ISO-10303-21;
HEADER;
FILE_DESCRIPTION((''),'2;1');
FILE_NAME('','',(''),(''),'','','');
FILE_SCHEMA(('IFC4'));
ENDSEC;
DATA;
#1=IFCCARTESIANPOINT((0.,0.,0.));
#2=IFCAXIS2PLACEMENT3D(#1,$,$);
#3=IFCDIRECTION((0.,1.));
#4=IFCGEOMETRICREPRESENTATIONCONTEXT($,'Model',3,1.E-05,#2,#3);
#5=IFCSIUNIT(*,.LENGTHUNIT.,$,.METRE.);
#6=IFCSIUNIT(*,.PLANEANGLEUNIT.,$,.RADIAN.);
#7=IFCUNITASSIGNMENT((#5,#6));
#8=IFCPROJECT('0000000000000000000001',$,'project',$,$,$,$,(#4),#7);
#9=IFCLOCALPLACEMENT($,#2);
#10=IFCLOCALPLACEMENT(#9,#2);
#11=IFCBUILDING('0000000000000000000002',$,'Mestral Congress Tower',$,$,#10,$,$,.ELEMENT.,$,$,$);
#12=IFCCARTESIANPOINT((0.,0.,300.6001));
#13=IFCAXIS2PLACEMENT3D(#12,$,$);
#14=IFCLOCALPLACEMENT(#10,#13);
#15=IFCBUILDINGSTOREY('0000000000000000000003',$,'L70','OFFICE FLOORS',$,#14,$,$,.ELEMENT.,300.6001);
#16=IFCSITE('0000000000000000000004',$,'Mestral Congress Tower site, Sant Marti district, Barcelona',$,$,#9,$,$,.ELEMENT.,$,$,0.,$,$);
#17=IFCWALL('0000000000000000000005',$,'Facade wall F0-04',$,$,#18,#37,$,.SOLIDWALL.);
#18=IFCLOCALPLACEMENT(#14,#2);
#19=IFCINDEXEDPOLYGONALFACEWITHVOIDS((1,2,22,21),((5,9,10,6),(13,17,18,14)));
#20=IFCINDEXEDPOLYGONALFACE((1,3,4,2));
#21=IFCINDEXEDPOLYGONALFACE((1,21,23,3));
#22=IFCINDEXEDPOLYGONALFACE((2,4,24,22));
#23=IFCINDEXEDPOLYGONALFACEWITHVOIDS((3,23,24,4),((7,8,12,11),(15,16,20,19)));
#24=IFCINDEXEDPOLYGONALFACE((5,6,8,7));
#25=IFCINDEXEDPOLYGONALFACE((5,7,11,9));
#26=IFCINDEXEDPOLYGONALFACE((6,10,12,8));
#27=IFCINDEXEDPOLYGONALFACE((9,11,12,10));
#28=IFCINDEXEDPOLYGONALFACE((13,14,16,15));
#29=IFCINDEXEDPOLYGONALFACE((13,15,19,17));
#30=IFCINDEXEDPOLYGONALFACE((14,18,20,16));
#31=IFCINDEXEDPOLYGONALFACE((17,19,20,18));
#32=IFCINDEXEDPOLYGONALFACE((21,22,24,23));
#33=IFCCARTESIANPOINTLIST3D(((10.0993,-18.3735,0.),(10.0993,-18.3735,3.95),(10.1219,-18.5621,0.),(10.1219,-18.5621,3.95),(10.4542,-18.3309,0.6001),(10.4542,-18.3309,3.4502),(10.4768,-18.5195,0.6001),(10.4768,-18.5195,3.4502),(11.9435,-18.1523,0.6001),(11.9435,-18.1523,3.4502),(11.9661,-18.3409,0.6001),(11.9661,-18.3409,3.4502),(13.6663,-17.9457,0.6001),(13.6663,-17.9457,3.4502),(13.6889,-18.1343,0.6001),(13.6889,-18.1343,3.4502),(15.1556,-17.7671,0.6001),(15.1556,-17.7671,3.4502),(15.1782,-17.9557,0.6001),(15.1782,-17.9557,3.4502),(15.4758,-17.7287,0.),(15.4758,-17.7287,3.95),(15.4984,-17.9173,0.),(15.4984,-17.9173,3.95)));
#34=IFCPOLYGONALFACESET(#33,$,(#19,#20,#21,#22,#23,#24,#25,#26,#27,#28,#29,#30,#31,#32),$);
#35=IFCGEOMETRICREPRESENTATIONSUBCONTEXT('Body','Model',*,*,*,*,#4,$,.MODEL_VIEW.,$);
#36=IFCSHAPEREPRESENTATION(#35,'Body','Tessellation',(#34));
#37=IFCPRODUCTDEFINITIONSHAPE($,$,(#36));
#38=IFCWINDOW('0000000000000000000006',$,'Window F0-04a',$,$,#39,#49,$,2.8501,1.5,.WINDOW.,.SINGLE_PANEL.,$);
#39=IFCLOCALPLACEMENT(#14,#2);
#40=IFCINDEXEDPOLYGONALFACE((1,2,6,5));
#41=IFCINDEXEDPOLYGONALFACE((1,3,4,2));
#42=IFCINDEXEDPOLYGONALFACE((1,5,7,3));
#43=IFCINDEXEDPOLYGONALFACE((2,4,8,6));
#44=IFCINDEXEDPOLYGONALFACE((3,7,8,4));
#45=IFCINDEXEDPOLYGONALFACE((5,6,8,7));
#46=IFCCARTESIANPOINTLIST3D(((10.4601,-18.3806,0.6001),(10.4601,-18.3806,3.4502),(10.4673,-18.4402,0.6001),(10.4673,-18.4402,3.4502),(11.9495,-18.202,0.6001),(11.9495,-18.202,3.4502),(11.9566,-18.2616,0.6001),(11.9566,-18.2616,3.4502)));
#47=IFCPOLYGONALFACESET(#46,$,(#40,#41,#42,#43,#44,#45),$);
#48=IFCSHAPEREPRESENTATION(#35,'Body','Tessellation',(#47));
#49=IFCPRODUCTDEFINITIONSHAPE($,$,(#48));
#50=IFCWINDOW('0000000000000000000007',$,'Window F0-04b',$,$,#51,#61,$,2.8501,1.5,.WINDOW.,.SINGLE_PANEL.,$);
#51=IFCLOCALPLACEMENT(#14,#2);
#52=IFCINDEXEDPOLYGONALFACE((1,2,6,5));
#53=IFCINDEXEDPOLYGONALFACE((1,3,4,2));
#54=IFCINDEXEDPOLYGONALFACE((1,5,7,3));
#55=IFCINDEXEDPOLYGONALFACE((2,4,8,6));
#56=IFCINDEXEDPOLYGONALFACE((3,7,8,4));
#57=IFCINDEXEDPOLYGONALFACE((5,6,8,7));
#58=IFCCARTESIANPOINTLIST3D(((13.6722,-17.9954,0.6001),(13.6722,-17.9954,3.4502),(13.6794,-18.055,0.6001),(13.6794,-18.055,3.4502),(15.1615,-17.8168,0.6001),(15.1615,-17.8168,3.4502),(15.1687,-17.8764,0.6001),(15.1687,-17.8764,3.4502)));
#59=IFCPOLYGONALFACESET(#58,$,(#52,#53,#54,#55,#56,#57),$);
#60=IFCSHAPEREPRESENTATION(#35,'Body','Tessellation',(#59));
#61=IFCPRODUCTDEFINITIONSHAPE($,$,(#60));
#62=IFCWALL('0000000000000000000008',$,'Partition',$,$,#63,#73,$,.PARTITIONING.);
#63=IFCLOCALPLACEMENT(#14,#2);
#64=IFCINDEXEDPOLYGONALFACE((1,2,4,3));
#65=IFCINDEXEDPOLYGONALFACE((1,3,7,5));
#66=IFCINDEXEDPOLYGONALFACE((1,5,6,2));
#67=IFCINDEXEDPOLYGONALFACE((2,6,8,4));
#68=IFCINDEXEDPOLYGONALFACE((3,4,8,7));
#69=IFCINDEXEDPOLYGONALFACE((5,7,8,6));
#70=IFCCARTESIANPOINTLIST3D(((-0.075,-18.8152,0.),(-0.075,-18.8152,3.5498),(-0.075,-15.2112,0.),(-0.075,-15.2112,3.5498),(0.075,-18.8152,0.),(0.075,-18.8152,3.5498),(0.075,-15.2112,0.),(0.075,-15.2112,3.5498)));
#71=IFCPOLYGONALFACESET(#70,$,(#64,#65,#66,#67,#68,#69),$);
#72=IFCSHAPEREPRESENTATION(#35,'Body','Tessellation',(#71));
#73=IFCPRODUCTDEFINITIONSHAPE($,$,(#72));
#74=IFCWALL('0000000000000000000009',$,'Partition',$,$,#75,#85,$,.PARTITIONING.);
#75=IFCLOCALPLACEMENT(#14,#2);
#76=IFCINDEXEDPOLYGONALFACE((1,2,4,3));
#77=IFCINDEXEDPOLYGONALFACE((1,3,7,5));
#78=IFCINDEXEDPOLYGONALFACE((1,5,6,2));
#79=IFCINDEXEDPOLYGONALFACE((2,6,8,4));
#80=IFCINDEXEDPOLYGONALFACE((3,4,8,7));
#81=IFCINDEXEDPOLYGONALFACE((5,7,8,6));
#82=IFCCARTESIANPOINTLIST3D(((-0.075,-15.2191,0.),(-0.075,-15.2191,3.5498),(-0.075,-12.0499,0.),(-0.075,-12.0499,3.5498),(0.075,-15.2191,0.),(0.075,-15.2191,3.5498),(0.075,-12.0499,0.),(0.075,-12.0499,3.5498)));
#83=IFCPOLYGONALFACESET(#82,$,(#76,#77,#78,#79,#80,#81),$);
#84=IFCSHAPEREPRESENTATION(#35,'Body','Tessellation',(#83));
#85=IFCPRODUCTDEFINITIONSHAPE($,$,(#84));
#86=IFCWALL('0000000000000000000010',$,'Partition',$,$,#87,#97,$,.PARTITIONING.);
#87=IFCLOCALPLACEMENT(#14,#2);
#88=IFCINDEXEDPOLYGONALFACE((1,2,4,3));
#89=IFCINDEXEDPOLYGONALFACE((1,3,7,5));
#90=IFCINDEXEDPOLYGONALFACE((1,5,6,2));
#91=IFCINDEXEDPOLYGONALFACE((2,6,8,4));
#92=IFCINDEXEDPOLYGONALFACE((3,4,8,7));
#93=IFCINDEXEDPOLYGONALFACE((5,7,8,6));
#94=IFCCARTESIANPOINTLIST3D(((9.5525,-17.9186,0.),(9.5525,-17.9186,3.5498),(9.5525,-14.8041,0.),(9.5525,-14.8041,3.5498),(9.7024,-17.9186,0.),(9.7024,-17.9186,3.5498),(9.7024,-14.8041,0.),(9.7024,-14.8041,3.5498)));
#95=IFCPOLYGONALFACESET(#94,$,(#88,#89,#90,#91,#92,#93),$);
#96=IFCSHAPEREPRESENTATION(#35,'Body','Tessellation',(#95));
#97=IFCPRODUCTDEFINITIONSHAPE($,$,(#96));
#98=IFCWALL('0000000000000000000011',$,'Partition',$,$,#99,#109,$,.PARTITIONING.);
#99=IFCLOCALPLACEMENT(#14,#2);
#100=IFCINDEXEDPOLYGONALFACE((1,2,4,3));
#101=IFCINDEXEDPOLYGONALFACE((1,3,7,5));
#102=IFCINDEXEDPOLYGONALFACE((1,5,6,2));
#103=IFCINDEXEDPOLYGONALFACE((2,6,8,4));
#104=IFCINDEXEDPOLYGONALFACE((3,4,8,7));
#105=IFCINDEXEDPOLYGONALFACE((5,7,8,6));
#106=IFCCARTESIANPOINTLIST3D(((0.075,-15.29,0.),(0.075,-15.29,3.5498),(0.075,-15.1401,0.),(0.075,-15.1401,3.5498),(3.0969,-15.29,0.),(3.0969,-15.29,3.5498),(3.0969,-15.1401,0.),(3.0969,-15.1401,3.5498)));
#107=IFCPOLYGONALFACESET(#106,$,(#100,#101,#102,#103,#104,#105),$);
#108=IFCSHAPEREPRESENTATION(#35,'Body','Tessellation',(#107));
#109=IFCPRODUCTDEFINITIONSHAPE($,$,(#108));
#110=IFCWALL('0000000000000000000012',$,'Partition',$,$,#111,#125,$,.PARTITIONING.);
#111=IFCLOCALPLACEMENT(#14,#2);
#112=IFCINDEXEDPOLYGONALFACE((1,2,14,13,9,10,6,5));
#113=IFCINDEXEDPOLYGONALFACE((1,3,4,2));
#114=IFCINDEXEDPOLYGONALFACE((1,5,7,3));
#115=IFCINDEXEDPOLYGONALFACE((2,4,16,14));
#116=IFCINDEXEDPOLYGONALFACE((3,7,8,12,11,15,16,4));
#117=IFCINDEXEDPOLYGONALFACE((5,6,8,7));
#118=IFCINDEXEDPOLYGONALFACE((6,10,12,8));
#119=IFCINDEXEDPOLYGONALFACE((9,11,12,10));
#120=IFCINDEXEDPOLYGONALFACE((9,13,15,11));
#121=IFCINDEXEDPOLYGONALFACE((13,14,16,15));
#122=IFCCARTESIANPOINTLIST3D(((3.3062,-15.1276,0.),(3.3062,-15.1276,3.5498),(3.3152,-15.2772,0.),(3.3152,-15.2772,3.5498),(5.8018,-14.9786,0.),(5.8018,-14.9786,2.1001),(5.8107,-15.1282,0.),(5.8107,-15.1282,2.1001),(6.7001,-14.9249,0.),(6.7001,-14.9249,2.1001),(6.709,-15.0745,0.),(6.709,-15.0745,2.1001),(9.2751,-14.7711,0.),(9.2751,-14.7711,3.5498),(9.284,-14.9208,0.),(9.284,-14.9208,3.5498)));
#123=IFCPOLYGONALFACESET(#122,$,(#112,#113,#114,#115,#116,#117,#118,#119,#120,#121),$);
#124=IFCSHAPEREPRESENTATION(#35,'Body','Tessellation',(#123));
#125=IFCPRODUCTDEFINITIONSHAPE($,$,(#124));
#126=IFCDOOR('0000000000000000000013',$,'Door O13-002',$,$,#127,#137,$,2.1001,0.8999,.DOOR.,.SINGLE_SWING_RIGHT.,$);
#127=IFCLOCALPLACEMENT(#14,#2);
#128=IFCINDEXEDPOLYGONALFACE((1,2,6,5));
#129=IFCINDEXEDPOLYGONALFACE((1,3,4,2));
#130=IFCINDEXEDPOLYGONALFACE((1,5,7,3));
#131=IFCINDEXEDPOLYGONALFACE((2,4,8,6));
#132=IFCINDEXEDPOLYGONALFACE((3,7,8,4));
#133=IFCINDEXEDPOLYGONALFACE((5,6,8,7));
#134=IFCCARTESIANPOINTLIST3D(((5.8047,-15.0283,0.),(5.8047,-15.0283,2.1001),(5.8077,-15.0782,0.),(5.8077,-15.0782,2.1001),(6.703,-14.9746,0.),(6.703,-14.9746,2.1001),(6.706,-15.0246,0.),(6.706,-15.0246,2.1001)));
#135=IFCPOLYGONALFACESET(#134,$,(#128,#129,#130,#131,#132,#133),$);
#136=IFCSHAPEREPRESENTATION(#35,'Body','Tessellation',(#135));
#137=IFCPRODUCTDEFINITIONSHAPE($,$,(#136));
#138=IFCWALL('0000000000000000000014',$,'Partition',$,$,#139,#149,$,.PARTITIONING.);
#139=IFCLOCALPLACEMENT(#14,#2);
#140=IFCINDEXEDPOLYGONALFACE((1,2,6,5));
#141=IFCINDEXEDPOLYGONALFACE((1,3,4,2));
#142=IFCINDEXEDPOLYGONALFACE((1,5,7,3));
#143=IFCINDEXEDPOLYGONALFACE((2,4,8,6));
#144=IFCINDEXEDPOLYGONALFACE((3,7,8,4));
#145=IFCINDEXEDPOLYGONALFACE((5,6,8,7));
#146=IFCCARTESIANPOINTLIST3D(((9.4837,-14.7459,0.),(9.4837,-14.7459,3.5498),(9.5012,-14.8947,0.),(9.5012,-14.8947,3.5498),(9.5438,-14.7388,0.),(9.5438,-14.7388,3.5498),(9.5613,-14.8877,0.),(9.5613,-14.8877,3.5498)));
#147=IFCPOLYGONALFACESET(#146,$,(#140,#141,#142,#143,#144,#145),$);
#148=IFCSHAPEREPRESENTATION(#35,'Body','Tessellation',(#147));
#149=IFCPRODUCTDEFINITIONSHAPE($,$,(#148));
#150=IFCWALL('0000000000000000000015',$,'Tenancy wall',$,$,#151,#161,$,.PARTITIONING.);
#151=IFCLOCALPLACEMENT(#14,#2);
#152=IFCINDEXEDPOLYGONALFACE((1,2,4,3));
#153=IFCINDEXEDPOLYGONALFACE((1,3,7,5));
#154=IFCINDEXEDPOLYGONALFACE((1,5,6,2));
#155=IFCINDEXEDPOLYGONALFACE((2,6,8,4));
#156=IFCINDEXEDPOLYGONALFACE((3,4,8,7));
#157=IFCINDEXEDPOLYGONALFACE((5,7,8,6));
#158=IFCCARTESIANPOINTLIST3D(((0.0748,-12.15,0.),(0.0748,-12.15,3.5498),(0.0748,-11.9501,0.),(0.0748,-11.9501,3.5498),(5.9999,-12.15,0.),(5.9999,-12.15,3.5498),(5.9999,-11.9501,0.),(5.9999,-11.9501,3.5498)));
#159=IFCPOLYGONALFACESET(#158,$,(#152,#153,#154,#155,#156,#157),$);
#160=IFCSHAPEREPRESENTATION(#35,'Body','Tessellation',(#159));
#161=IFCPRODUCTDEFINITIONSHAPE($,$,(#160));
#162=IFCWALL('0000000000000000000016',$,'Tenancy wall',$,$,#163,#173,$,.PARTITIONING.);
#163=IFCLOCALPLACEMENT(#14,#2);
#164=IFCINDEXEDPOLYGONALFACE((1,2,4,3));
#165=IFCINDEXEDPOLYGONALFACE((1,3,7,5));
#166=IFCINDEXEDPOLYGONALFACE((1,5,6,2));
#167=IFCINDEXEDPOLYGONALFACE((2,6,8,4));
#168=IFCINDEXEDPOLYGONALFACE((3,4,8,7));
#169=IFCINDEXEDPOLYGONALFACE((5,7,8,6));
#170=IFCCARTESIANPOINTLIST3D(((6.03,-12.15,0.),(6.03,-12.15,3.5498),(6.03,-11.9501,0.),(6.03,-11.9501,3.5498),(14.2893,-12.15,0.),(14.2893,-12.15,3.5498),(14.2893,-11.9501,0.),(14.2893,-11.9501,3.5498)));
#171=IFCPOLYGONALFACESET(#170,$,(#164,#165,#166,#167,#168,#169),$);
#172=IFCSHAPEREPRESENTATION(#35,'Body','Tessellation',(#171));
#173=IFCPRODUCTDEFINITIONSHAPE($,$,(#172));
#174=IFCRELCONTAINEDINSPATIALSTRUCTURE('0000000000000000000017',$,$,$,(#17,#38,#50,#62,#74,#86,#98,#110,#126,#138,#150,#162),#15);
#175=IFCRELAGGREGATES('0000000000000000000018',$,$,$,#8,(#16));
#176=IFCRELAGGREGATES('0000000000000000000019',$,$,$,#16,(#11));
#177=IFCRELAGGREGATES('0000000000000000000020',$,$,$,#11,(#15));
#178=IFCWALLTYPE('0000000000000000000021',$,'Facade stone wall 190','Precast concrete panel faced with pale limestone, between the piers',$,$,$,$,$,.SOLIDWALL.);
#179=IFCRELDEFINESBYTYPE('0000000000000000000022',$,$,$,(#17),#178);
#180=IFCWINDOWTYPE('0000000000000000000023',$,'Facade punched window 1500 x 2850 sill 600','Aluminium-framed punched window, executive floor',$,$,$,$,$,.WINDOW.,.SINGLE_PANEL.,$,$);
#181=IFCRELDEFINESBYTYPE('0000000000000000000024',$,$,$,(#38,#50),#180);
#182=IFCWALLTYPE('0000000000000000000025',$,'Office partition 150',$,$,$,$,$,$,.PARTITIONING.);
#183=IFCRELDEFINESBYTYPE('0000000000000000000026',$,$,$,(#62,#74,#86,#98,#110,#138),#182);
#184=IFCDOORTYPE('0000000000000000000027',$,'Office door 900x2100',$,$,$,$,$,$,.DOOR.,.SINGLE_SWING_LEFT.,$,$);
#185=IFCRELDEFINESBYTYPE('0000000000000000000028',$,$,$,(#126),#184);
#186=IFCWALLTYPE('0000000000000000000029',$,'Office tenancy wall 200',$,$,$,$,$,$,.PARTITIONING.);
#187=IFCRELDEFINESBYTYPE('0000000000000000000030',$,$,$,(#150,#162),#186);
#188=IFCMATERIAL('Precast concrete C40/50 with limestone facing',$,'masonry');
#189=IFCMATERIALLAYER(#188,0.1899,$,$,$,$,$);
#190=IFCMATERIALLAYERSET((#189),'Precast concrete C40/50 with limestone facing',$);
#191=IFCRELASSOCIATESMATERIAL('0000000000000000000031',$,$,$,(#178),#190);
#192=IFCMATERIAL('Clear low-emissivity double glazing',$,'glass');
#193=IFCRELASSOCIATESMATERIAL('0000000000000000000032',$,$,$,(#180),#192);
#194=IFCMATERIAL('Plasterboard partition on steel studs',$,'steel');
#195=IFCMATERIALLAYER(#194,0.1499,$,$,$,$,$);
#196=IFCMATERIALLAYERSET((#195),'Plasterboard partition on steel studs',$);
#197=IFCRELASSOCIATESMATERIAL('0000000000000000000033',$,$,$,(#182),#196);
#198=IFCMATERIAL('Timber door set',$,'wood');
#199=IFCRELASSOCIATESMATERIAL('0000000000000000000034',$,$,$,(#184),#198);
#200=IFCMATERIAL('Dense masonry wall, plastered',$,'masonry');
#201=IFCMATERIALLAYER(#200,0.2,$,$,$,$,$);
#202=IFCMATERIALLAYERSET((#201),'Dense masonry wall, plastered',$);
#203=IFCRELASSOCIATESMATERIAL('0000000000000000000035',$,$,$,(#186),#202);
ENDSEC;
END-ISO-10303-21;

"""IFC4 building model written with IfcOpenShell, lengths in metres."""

from ifc_helpers import new_model, si_unit, direction, frame, frame_2d, origin, place, context, subcontext, project, spatial, rectangle, extrude, material, layer, layer_set, type_object, element, fill, save


model = new_model("IFC4")

# Units and contexts
model_context = context("Model", 3, precision=1e-05, world=origin(), true_north=direction((0.0, 1.0)))
body_context = subcontext(model_context, "Body", "Model", "MODEL_VIEW")
ifc_project = project(units=[si_unit("LENGTHUNIT", "METRE"), si_unit("PLANEANGLEUNIT", "RADIAN")], contexts=[model_context])

# Site, building, storey
site_placement = place(None, origin())
site = spatial("IfcSite", under=ifc_project, at=site_placement, Name="Mestral Congress Tower site, Sant Marti district, Barcelona", CompositionType="ELEMENT", RefElevation=0.0)
building_placement = place(site_placement, origin())
building = spatial("IfcBuilding", under=site, at=building_placement, Name="Mestral Congress Tower", CompositionType="ELEMENT")
storey_placement = place(building_placement, frame((0.0, 0.0, 300.6001)))
storey = spatial("IfcBuildingStorey", under=building, at=storey_placement, Name="L70", Description="OFFICE FLOORS", CompositionType="ELEMENT", Elevation=300.6001)

# Wall, openings, windows
ifc_material_1 = material(Name="Precast concrete C40/50 with limestone facing", Category="masonry")
ifc_layer_1 = layer(ifc_material_1, 0.1899)
ifc_layer_set_1 = layer_set([ifc_layer_1], Name="Precast concrete C40/50 with limestone facing")
wall_type_1 = type_object("IfcWallType", Name="Facade stone wall 190", Description="Precast concrete panel faced with pale limestone, between the piers", PredefinedType="SOLIDWALL", material=ifc_layer_set_1)
ifc_material_2 = material(Name="Clear low-emissivity double glazing", Category="glass")
window_type = type_object("IfcWindowType", Name="Facade punched window 1500 x 2850 sill 600", Description="Aluminium-framed punched window, executive floor", PartitioningType="SINGLE_PANEL", PredefinedType="WINDOW", material=ifc_material_2)
wall_1_placement = place(storey_placement, frame((10.1106, -18.4678, 0.0), z_axis=(0.0, 0.0, 1.0), x_axis=(0.992886, 0.119072, 0.0)))
wall_1 = element("IfcWall", 1, at=wall_1_placement, inside=storey, type_object=wall_type_1, Name="Facade wall F0-04", PredefinedType="SOLIDWALL", context=body_context, shape_type="SweptSolid", body=[
    extrude(rectangle(XDim=5.415, YDim=0.1899, at=frame_2d((2.7075, 0.0))), origin(), (0.0, 0.0, 1.0), 3.95),
])
opening_1_placement = place(wall_1_placement, frame((0.3574, 0.0, 0.6001)))
opening_1 = element("IfcOpeningElement", 2, at=opening_1_placement, cuts=wall_1, PredefinedType="OPENING", context=body_context, shape_type="SweptSolid", body=[
    extrude(rectangle(XDim=1.5, YDim=2.8501, at=frame_2d((0.75, 1.425))), frame((0.0, 0.105, 0.0), z_axis=(0.0, -1.0, 0.0), x_axis=(1.0, 0.0, 0.0)), (0.0, 0.0, 1.0), 0.21),
])
opening_2_placement = place(wall_1_placement, frame((3.5925, 0.0, 0.6001)))
opening_2 = element("IfcOpeningElement", 3, at=opening_2_placement, cuts=wall_1, PredefinedType="OPENING", context=body_context, shape_type="SweptSolid", body=[
    extrude(rectangle(XDim=1.5, YDim=2.8501, at=frame_2d((0.75, 1.425))), frame((0.0, 0.105, 0.0), z_axis=(0.0, -1.0, 0.0), x_axis=(1.0, 0.0, 0.0)), (0.0, 0.0, 1.0), 0.21),
])
window_1_placement = place(opening_1_placement, origin())
window_1 = element("IfcWindow", 4, at=window_1_placement, inside=storey, type_object=window_type, Name="Window F0-04a", OverallHeight=2.8501, OverallWidth=1.5, PartitioningType="SINGLE_PANEL", PredefinedType="WINDOW", context=body_context, shape_type="SweptSolid", body=[
    extrude(rectangle(XDim=1.5, YDim=2.8501, at=frame_2d((0.75, 1.425))), frame((0.0, 0.0449, 0.0), z_axis=(0.0, -1.0, 0.0), x_axis=(1.0, 0.0, 0.0)), (0.0, 0.0, 1.0), 0.0601),
])
fill(opening_1, window_1)
window_2_placement = place(opening_2_placement, origin())
window_2 = element("IfcWindow", 5, at=window_2_placement, inside=storey, type_object=window_type, Name="Window F0-04b", OverallHeight=2.8501, OverallWidth=1.5, PartitioningType="SINGLE_PANEL", PredefinedType="WINDOW", context=body_context, shape_type="SweptSolid", body=[
    extrude(rectangle(XDim=1.5, YDim=2.8501, at=frame_2d((0.75, 1.425))), frame((0.0, 0.0449, 0.0), z_axis=(0.0, -1.0, 0.0), x_axis=(1.0, 0.0, 0.0)), (0.0, 0.0, 1.0), 0.0601),
])
fill(opening_2, window_2)

# Walls
ifc_material_3 = material(Name="Plasterboard partition on steel studs", Category="steel")
ifc_layer_2 = layer(ifc_material_3, 0.1499)
ifc_layer_set_2 = layer_set([ifc_layer_2], Name="Plasterboard partition on steel studs")
wall_type_2 = type_object("IfcWallType", Name="Office partition 150", PredefinedType="PARTITIONING", material=ifc_layer_set_2)
wall_2_placement = place(storey_placement, frame((0.0, -15.2112, 0.0), z_axis=(0.0, 0.0, 1.0), x_axis=(0.0, -1.0, 0.0)))
element("IfcWall", 6, at=wall_2_placement, inside=storey, type_object=wall_type_2, Name="Partition", PredefinedType="PARTITIONING", context=body_context, shape_type="SweptSolid", body=[
    extrude(rectangle(XDim=3.604, YDim=0.1499, at=frame_2d((1.802, 0.0))), origin(), (0.0, 0.0, 1.0), 3.5498),
])
wall_3_placement = place(storey_placement, frame((0.0, -12.05, 0.0), z_axis=(0.0, 0.0, 1.0), x_axis=(0.0, -1.0, 0.0)))
element("IfcWall", 7, at=wall_3_placement, inside=storey, type_object=wall_type_2, Name="Partition", PredefinedType="PARTITIONING", context=body_context, shape_type="SweptSolid", body=[
    extrude(rectangle(XDim=3.1692, YDim=0.1499, at=frame_2d((1.5845, 0.0))), origin(), (0.0, 0.0, 1.0), 3.5498),
])
wall_4_placement = place(storey_placement, frame((9.6274, -14.8042, 0.0), z_axis=(0.0, 0.0, 1.0), x_axis=(0.0, -1.0, 0.0)))
element("IfcWall", 8, at=wall_4_placement, inside=storey, type_object=wall_type_2, Name="Partition", PredefinedType="PARTITIONING", context=body_context, shape_type="SweptSolid", body=[
    extrude(rectangle(XDim=3.1145, YDim=0.1499, at=frame_2d((1.5571, 0.0))), origin(), (0.0, 0.0, 1.0), 3.5498),
])
wall_5_placement = place(storey_placement, frame((0.075, -15.2151, 0.0), z_axis=(0.0, 0.0, 1.0), x_axis=(1.0, 0.0, 0.0)))
element("IfcWall", 9, at=wall_5_placement, inside=storey, type_object=wall_type_2, Name="Partition", PredefinedType="PARTITIONING", context=body_context, shape_type="SweptSolid", body=[
    extrude(rectangle(XDim=3.022, YDim=0.1499, at=frame_2d((1.511, 0.0))), origin(), (0.0, 0.0, 1.0), 3.5498),
])

# Wall, opening, door
wall_6_placement = place(storey_placement, frame((9.2795, -14.8459, 0.0), z_axis=(0.0, 0.0, 1.0), x_axis=(-0.998222, -0.059612, 0.0)))
wall_6 = element("IfcWall", 10, at=wall_6_placement, inside=storey, type_object=wall_type_2, Name="Partition", PredefinedType="PARTITIONING", context=body_context, shape_type="SweptSolid", body=[
    extrude(rectangle(XDim=5.9795, YDim=0.1499, at=frame_2d((2.9897, 0.0))), origin(), (0.0, 0.0, 1.0), 3.5498),
])
opening_3_placement = place(wall_6_placement, frame((2.5796, 0.0, 0.0)))
opening_3 = element("IfcOpeningElement", 11, at=opening_3_placement, cuts=wall_6, PredefinedType="OPENING", context=body_context, shape_type="SweptSolid", body=[
    extrude(rectangle(XDim=0.8999, YDim=2.1001, at=frame_2d((0.45, 1.05))), frame((0.0, 0.085, 0.0), z_axis=(0.0, -1.0, 0.0), x_axis=(1.0, 0.0, 0.0)), (0.0, 0.0, 1.0), 0.1699),
])
ifc_material_4 = material(Name="Timber door set", Category="wood")
door_type = type_object("IfcDoorType", Name="Office door 900x2100", OperationType="SINGLE_SWING_LEFT", PredefinedType="DOOR", material=ifc_material_4)
door_placement = place(opening_3_placement, origin())
door = element("IfcDoor", 12, at=door_placement, inside=storey, type_object=door_type, Name="Door O13-002", OperationType="SINGLE_SWING_RIGHT", OverallHeight=2.1001, OverallWidth=0.8999, PredefinedType="DOOR", context=body_context, shape_type="SweptSolid", body=[
    extrude(rectangle(XDim=0.8999, YDim=2.1001, at=frame_2d((0.45, 1.05))), frame((0.0, 0.0249, 0.0), z_axis=(0.0, -1.0, 0.0), x_axis=(1.0, 0.0, 0.0)), (0.0, 0.0, 1.0), 0.05),
])
fill(opening_3, door)

# Walls
wall_7_placement = place(storey_placement, frame((9.4924, -14.8203, 0.0), z_axis=(0.0, 0.0, 1.0), x_axis=(0.993123, 0.117075, 0.0)))
element("IfcWall", 13, at=wall_7_placement, inside=storey, type_object=wall_type_2, Name="Partition", PredefinedType="PARTITIONING", context=body_context, shape_type="SweptSolid", body=[
    extrude(rectangle(XDim=0.0605, YDim=0.1499, at=frame_2d((0.0303, 0.0))), origin(), (0.0, 0.0, 1.0), 3.5498),
])
ifc_material_5 = material(Name="Dense masonry wall, plastered", Category="masonry")
ifc_layer_3 = layer(ifc_material_5, 0.2)
ifc_layer_set_3 = layer_set([ifc_layer_3], Name="Dense masonry wall, plastered")
wall_type_3 = type_object("IfcWallType", Name="Office tenancy wall 200", PredefinedType="PARTITIONING", material=ifc_layer_set_3)
wall_8_placement = place(storey_placement, frame((0.075, -12.05, 0.0), z_axis=(0.0, 0.0, 1.0), x_axis=(1.0, 0.0, 0.0)))
element("IfcWall", 14, at=wall_8_placement, inside=storey, type_object=wall_type_3, Name="Tenancy wall", PredefinedType="PARTITIONING", context=body_context, shape_type="SweptSolid", body=[
    extrude(rectangle(XDim=5.925, YDim=0.2, at=frame_2d((2.9624, 0.0))), origin(), (0.0, 0.0, 1.0), 3.5498),
])
wall_9_placement = place(storey_placement, frame((6.03, -12.05, 0.0), z_axis=(0.0, 0.0, 1.0), x_axis=(1.0, 0.0, 0.0)))
element("IfcWall", 15, at=wall_9_placement, inside=storey, type_object=wall_type_3, Name="Tenancy wall", PredefinedType="PARTITIONING", context=body_context, shape_type="SweptSolid", body=[
    extrude(rectangle(XDim=8.2593, YDim=0.2, at=frame_2d((4.1296, 0.0))), origin(), (0.0, 0.0, 1.0), 3.5498),
])

save(model, "model.ifc")
